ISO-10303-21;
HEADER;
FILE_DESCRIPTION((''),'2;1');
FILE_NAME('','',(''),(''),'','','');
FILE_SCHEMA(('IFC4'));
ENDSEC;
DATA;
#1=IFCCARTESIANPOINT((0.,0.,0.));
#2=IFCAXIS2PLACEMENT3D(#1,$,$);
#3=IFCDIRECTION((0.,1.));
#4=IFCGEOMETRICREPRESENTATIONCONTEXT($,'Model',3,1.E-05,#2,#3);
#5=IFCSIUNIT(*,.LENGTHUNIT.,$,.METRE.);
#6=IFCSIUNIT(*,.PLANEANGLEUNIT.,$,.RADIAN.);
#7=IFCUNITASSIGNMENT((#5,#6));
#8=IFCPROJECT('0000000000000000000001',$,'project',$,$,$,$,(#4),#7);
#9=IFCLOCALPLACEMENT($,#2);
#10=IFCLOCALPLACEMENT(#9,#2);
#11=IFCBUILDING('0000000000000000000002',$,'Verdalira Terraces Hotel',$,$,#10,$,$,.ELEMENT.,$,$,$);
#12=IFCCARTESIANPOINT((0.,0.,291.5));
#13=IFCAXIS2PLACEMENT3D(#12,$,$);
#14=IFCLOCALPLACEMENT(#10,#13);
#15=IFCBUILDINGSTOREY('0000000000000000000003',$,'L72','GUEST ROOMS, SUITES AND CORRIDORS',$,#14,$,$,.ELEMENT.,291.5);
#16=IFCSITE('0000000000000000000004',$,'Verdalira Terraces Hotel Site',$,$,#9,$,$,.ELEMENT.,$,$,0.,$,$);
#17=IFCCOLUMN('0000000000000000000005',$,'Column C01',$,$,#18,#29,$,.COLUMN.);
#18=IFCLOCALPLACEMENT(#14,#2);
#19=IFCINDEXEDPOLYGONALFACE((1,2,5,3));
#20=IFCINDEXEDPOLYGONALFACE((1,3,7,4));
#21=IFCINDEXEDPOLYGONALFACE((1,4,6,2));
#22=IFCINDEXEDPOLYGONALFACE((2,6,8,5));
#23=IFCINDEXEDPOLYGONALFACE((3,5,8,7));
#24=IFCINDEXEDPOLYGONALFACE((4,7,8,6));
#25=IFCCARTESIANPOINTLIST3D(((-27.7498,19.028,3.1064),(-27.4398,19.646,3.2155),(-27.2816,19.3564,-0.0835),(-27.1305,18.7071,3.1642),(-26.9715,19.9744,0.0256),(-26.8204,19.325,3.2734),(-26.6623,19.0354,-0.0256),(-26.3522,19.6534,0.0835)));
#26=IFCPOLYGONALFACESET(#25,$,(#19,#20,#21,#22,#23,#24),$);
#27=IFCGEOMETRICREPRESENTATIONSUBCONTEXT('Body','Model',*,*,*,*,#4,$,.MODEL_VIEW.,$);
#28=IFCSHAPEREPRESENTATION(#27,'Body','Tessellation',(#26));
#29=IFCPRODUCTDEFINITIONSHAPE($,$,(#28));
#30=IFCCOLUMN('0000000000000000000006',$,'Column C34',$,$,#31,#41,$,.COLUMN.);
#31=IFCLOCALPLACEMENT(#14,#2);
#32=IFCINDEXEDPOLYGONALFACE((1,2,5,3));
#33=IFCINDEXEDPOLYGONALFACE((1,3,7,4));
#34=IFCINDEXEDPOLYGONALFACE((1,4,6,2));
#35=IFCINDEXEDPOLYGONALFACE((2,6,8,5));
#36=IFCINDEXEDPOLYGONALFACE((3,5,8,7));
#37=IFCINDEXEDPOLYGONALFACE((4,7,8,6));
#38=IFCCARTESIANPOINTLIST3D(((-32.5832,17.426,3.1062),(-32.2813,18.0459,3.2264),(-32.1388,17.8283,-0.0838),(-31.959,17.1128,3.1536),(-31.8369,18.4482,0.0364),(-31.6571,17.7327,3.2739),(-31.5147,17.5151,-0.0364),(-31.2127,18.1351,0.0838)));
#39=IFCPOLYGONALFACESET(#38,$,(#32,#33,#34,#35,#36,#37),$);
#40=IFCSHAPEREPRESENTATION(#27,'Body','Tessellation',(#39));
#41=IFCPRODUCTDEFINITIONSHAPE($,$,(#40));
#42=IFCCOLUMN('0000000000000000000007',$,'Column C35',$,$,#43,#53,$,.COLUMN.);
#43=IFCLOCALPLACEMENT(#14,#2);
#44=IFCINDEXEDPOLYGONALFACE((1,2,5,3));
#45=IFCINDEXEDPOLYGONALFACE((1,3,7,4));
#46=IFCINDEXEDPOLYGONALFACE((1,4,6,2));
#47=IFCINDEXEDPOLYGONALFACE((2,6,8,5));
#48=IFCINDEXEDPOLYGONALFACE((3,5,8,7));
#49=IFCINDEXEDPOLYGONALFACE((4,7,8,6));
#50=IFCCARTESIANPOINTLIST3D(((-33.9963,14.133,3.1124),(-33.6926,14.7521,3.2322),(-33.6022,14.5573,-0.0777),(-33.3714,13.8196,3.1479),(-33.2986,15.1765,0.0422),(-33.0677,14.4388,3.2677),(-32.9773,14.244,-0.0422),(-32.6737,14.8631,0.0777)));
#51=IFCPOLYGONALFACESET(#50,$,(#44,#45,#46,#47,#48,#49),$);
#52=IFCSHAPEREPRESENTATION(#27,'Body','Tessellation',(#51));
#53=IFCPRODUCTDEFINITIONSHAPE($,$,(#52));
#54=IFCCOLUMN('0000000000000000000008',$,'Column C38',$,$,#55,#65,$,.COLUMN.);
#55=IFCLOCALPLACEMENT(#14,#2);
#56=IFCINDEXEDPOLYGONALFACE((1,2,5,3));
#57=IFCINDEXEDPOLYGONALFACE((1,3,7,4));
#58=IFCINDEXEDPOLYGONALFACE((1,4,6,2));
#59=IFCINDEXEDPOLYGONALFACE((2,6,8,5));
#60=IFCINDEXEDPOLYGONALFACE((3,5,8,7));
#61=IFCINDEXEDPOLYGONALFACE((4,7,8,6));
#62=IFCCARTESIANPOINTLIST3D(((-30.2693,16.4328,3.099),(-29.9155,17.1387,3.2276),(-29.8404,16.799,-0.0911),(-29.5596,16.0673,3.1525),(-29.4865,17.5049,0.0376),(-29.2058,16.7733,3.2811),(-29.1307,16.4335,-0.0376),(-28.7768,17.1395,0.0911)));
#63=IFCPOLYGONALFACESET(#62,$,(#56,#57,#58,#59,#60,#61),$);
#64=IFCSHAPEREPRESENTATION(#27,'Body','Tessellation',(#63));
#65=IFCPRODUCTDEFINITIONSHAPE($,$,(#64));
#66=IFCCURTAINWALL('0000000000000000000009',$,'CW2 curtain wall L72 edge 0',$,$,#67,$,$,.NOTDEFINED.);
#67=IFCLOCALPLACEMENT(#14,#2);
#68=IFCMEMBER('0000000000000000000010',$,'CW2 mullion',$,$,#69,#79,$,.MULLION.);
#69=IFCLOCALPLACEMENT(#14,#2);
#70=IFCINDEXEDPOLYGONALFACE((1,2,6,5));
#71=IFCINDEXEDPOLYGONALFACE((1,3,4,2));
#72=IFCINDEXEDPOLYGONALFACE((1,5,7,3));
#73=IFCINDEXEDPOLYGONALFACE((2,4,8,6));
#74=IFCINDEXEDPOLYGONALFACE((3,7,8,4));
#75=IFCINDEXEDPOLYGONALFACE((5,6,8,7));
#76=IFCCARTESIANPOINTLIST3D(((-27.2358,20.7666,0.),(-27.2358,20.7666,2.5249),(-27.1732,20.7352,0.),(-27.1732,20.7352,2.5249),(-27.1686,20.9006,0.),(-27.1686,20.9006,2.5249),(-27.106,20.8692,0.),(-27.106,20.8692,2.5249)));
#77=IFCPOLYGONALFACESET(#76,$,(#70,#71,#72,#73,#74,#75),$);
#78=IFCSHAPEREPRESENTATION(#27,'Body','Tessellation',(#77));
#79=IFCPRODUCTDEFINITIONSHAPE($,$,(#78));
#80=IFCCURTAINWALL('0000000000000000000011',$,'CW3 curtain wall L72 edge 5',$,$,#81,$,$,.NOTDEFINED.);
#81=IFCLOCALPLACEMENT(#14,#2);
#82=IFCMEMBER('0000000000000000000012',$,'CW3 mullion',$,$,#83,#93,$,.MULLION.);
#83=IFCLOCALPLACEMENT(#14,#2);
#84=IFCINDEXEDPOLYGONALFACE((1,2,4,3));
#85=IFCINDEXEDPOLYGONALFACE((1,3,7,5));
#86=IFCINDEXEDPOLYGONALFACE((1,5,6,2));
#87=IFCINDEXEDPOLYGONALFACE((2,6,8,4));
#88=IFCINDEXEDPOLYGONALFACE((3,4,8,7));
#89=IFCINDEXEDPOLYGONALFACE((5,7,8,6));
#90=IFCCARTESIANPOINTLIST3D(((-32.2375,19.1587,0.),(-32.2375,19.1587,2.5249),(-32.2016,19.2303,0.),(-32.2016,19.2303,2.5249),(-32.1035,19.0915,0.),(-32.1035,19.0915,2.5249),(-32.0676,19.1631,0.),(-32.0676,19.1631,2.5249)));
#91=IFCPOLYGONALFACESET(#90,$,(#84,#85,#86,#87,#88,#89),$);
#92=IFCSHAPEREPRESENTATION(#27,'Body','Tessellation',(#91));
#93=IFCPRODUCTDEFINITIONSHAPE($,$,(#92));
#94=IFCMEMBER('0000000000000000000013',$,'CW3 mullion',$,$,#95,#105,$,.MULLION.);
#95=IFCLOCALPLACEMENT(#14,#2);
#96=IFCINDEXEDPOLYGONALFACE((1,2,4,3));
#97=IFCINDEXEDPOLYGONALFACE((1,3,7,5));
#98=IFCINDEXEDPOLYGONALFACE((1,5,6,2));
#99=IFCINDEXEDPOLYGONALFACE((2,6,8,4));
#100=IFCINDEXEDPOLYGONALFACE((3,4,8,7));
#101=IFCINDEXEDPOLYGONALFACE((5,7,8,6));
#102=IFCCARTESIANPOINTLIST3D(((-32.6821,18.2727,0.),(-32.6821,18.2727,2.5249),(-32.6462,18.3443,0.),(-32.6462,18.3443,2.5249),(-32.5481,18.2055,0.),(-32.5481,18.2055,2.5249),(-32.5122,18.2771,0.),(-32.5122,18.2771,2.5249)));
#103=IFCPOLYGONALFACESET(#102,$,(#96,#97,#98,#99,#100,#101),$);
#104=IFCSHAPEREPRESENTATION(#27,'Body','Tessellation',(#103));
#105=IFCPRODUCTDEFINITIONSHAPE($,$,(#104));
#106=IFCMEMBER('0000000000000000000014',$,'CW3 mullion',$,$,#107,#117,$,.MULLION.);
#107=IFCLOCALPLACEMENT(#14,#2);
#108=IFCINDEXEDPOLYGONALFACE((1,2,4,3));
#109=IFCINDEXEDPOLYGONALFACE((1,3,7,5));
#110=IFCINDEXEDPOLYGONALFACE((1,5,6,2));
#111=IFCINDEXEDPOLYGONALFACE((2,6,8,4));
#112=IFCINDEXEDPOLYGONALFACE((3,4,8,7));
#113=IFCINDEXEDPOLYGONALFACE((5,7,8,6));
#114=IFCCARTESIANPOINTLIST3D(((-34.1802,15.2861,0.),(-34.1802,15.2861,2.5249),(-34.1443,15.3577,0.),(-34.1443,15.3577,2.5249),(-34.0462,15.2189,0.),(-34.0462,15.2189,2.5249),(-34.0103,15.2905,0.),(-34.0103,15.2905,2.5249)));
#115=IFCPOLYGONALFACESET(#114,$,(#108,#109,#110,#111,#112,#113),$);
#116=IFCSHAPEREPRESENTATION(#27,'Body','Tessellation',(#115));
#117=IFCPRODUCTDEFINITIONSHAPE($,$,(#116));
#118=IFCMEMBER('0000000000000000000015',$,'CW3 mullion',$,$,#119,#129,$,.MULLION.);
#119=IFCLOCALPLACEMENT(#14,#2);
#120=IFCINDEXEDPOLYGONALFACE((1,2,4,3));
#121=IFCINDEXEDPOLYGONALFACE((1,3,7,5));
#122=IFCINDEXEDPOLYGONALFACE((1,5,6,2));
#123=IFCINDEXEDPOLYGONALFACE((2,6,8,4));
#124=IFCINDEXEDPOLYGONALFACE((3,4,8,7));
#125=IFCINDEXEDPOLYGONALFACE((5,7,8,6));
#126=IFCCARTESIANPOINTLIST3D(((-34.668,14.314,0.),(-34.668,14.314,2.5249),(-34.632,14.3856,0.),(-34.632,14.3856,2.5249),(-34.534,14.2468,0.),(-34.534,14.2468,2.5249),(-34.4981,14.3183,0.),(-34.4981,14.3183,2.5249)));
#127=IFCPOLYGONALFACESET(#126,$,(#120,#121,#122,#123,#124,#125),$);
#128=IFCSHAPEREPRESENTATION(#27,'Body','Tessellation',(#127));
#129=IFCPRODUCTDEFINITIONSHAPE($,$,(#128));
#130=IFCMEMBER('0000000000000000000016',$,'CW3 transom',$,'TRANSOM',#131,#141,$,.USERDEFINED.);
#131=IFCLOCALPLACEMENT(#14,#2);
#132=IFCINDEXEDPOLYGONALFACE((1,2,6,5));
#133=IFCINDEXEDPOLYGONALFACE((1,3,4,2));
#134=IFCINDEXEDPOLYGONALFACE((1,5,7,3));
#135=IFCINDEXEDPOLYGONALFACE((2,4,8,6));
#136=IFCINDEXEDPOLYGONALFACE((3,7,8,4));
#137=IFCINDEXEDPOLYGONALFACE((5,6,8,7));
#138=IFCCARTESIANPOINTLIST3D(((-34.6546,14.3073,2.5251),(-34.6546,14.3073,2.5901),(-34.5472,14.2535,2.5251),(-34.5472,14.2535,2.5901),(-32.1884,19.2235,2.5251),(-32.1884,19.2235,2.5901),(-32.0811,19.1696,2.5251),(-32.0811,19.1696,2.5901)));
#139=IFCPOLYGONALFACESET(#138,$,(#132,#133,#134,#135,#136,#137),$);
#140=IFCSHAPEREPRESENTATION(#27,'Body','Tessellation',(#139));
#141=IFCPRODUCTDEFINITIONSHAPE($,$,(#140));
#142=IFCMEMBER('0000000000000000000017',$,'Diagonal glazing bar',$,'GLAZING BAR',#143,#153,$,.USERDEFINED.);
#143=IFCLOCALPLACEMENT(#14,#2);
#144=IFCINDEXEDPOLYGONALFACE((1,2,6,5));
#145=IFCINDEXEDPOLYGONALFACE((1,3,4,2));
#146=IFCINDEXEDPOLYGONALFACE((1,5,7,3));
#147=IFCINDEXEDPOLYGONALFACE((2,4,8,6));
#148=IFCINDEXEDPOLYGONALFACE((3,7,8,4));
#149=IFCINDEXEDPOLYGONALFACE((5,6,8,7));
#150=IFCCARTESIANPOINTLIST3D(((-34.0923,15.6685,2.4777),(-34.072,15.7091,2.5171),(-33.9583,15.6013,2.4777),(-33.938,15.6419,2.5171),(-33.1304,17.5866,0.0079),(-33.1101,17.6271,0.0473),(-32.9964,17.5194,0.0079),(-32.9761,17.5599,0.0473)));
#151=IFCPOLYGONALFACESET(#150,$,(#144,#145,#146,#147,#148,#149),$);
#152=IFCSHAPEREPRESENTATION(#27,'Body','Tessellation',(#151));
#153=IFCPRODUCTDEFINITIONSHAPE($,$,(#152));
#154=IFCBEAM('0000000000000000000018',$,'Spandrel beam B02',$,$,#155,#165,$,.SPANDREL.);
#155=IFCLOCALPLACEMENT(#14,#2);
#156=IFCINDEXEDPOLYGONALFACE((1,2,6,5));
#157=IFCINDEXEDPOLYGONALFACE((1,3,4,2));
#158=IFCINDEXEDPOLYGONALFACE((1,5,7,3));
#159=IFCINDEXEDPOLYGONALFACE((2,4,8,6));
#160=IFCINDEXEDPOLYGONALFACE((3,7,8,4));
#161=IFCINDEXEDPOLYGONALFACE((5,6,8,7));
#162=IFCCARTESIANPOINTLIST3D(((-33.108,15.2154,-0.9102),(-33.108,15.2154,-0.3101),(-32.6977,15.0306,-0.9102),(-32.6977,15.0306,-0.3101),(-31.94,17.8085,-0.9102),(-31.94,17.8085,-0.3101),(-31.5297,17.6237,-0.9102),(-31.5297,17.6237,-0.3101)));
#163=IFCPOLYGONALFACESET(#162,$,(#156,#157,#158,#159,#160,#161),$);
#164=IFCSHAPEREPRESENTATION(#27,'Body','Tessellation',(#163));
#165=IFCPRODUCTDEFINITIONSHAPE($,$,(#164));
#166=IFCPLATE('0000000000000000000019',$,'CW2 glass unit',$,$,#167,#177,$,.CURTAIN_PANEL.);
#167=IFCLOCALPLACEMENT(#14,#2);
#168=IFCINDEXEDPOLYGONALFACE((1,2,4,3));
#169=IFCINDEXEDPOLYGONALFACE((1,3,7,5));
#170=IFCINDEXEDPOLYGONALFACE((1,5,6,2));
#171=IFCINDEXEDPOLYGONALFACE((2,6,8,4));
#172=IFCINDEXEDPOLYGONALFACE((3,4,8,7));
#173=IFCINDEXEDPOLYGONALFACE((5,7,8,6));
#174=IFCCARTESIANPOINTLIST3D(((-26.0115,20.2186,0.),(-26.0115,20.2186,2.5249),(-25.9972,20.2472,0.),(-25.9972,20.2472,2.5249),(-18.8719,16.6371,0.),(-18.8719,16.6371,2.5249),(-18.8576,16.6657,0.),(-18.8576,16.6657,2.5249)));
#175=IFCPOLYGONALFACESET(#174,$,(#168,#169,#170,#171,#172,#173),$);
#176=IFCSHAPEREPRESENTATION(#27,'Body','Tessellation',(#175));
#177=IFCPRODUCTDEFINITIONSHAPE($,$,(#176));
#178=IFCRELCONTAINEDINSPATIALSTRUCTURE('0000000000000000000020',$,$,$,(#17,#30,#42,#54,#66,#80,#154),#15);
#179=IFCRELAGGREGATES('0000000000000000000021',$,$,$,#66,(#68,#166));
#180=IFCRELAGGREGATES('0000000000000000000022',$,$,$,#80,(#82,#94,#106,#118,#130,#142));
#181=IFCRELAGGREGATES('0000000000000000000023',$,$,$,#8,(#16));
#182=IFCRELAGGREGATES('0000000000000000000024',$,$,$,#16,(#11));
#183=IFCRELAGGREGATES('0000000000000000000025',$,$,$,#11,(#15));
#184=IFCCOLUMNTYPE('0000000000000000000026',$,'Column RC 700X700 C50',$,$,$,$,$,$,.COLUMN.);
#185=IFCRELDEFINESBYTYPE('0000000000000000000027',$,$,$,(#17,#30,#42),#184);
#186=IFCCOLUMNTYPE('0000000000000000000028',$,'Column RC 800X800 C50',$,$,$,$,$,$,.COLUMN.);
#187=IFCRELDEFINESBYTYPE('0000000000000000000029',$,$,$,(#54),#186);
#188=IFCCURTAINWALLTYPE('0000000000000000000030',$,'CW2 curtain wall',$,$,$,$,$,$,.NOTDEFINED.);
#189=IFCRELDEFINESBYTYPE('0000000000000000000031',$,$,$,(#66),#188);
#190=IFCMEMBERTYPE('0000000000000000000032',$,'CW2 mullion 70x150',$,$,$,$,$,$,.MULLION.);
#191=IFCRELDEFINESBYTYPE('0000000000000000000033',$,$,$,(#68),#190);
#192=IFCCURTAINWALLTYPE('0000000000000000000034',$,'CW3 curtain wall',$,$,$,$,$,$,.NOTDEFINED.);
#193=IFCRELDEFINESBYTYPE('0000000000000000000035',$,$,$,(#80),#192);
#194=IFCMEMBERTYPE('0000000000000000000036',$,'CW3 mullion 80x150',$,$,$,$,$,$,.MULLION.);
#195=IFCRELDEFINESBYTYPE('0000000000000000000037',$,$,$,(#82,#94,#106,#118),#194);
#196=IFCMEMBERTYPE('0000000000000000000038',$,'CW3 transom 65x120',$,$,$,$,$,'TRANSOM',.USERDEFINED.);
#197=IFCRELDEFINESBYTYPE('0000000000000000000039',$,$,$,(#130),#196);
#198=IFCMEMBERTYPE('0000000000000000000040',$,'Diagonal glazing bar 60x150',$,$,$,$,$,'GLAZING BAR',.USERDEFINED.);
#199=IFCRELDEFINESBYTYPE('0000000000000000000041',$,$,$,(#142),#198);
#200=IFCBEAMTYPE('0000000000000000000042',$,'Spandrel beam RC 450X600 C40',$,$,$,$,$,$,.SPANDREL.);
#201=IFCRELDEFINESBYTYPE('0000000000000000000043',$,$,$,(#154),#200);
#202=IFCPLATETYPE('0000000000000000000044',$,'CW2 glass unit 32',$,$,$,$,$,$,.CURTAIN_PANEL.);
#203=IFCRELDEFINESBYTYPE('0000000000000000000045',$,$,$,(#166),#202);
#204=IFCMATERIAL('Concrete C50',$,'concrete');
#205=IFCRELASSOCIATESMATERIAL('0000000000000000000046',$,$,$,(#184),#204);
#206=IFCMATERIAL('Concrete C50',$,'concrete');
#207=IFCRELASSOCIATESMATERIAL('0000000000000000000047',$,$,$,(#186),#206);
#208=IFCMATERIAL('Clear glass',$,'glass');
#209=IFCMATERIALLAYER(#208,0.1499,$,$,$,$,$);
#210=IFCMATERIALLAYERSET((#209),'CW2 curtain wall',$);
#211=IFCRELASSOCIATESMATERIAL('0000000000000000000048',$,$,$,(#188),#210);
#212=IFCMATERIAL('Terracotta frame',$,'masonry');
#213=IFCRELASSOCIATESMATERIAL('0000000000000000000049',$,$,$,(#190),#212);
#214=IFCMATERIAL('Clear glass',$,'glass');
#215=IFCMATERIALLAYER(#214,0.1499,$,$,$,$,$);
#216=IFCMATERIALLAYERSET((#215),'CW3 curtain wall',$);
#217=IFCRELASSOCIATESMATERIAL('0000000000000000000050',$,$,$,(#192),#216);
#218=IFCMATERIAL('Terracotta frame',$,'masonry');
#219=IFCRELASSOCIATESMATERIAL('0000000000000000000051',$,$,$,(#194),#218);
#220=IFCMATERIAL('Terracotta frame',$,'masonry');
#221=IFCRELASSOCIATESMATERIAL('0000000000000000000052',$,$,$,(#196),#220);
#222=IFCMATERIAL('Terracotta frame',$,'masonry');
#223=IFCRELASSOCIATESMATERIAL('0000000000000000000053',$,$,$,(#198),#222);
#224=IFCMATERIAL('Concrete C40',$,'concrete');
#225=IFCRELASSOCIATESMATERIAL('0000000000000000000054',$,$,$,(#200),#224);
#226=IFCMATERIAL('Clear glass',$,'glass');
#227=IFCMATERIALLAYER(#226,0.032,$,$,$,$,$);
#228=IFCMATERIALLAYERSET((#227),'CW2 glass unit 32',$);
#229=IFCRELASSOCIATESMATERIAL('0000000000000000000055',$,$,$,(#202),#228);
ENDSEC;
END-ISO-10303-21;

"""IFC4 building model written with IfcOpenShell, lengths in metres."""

from ifc_helpers import new_model, si_unit, direction, frame, origin, origin_2d, place, context, subcontext, project, spatial, rectangle, extrude, material, layer, layer_set, material_profile, profile_set, type_object, element, aggregate, save


model = new_model("IFC4")

# Units and contexts
model_context = context("Model", 3, precision=1e-05, world=origin(), true_north=direction((0.0, 1.0)))
body_context = subcontext(model_context, "Body", "Model", "MODEL_VIEW")
ifc_project = project(units=[si_unit("LENGTHUNIT", "METRE"), si_unit("PLANEANGLEUNIT", "RADIAN")], contexts=[model_context])

# Site, building, storey
site_placement = place(None, origin())
site = spatial("IfcSite", under=ifc_project, at=site_placement, Name="Verdalira Terraces Hotel Site", CompositionType="ELEMENT", RefElevation=0.0)
building_placement = place(site_placement, origin())
building = spatial("IfcBuilding", under=site, at=building_placement, Name="Verdalira Terraces Hotel", CompositionType="ELEMENT")
storey_placement = place(building_placement, frame((0.0, 0.0, 291.5)))
storey = spatial("IfcBuildingStorey", under=building, at=storey_placement, Name="L72", Description="GUEST ROOMS, SUITES AND CORRIDORS", CompositionType="ELEMENT", Elevation=291.5)

# Columns
ifc_material_1 = material(Name="Concrete C50", Category="concrete")
ifc_material_profile_1 = material_profile(ifc_material_1, rectangle(XDim=0.7, YDim=0.7, at=origin_2d()), Name="RC 700X700")
ifc_profile_set_1 = profile_set([ifc_material_profile_1], Name="Concrete C50")
column_type_1 = type_object("IfcColumnType", Name="Column RC 700X700 C50", PredefinedType="COLUMN", material=ifc_profile_set_1)
column_1_placement = place(storey_placement, frame((-26.8169, 19.5049, 0.0), z_axis=(-0.144489, -0.101323, 0.984305), x_axis=(-0.884796, 0.458585, -0.082676)))
element("IfcColumn", 1, at=column_1_placement, inside=storey, type_object=column_type_1, Name="Column C01", PredefinedType="COLUMN", context=body_context, shape_type="SweptSolid", body=[
    extrude(rectangle(XDim=0.7, YDim=0.7, at=origin_2d()), origin(), (0.0, 0.0, 1.0), 3.2407),
])
column_2_placement = place(storey_placement, frame((-31.6758, 17.9817, 0.0), z_axis=(-0.136897, -0.123959, 0.982799), x_axis=(-0.431341, -0.885682, -0.171793)))
element("IfcColumn", 2, at=column_2_placement, inside=storey, type_object=column_type_1, Name="Column C34", PredefinedType="COLUMN", context=body_context, shape_type="SweptSolid", body=[
    extrude(rectangle(XDim=0.7, YDim=0.7, at=origin_2d()), origin(), (0.0, 0.0, 1.0), 3.2458),
])
column_3_placement = place(storey_placement, frame((-33.1379, 14.7102, 0.0), z_axis=(-0.12154, -0.130878, 0.98392), x_axis=(-0.433818, -0.884576, -0.171252)))
element("IfcColumn", 3, at=column_3_placement, inside=storey, type_object=column_type_1, Name="Column C35", PredefinedType="COLUMN", context=body_context, shape_type="SweptSolid", body=[
    extrude(rectangle(XDim=0.7, YDim=0.7, at=origin_2d()), origin(), (0.0, 0.0, 1.0), 3.2422),
])
ifc_material_2 = material(Name="Concrete C50", Category="concrete")
ifc_material_profile_2 = material_profile(ifc_material_2, rectangle(XDim=0.8, YDim=0.8, at=origin_2d()), Name="RC 800X800")
ifc_profile_set_2 = profile_set([ifc_material_profile_2], Name="Concrete C50")
column_type_2 = type_object("IfcColumnType", Name="Column RC 800X800 C50", PredefinedType="COLUMN", material=ifc_profile_set_2)
column_4_placement = place(storey_placement, frame((-29.3086, 16.9692, 0.0), z_axis=(-0.132417, -0.113048, 0.984726), x_axis=(-0.887063, 0.456784, -0.066845)))
element("IfcColumn", 4, at=column_4_placement, inside=storey, type_object=column_type_2, Name="Column C38", PredefinedType="COLUMN", context=body_context, shape_type="SweptSolid", body=[
    extrude(rectangle(XDim=0.8, YDim=0.8, at=origin_2d()), origin(), (0.0, 0.0, 1.0), 3.2395),
])

# Curtain wall, member
ifc_material_3 = material(Name="Clear glass", Category="glass")
ifc_layer_1 = layer(ifc_material_3, 0.1499)
ifc_layer_set_1 = layer_set([ifc_layer_1], Name="CW2 curtain wall")
curtain_wall_type_1 = type_object("IfcCurtainWallType", Name="CW2 curtain wall", PredefinedType="NOTDEFINED", material=ifc_layer_set_1)
curtain_wall_1_placement = place(storey_placement, origin())
curtain_wall_1 = element("IfcCurtainWall", 5, at=curtain_wall_1_placement, inside=storey, type_object=curtain_wall_type_1, Name="CW2 curtain wall L72 edge 0", PredefinedType="NOTDEFINED")
ifc_material_4 = material(Name="Terracotta frame", Category="masonry")
ifc_material_profile_3 = material_profile(ifc_material_4, rectangle(XDim=0.0701, YDim=0.1499, at=origin_2d()), Name="MU 70x150")
ifc_profile_set_3 = profile_set([ifc_material_profile_3], Name="Terracotta frame")
member_type_1 = type_object("IfcMemberType", Name="CW2 mullion 70x150", PredefinedType="MULLION", material=ifc_profile_set_3)
member_1_placement = place(storey_placement, frame((-27.1709, 20.8179, 0.0), z_axis=(0.0, 0.0, 1.0), x_axis=(-0.893841, 0.448383, 0.0)))
member_1 = element("IfcMember", 6, at=member_1_placement, type_object=member_type_1, Name="CW2 mullion", PredefinedType="MULLION", context=body_context, shape_type="SweptSolid", body=[
    extrude(rectangle(XDim=0.0701, YDim=0.1499, at=origin_2d()), origin(), (0.0, 0.0, 1.0), 2.5249),
])

# Curtain wall, members
ifc_material_5 = material(Name="Clear glass", Category="glass")
ifc_layer_2 = layer(ifc_material_5, 0.1499)
ifc_layer_set_2 = layer_set([ifc_layer_2], Name="CW3 curtain wall")
curtain_wall_type_2 = type_object("IfcCurtainWallType", Name="CW3 curtain wall", PredefinedType="NOTDEFINED", material=ifc_layer_set_2)
curtain_wall_2_placement = place(storey_placement, origin())
curtain_wall_2 = element("IfcCurtainWall", 7, at=curtain_wall_2_placement, inside=storey, type_object=curtain_wall_type_2, Name="CW3 curtain wall L72 edge 5", PredefinedType="NOTDEFINED")
ifc_material_6 = material(Name="Terracotta frame", Category="masonry")
ifc_material_profile_4 = material_profile(ifc_material_6, rectangle(XDim=0.0801, YDim=0.1499, at=origin_2d()), Name="MU 80x150")
ifc_profile_set_4 = profile_set([ifc_material_profile_4], Name="Terracotta frame")
member_type_2 = type_object("IfcMemberType", Name="CW3 mullion 80x150", PredefinedType="MULLION", material=ifc_profile_set_4)
member_2_placement = place(storey_placement, frame((-32.1526, 19.1609, 0.0), z_axis=(0.0, 0.0, 1.0), x_axis=(-0.448383, -0.893841, 0.0)))
member_2 = element("IfcMember", 8, at=member_2_placement, type_object=member_type_2, Name="CW3 mullion", PredefinedType="MULLION", context=body_context, shape_type="SweptSolid", body=[
    extrude(rectangle(XDim=0.0801, YDim=0.1499, at=origin_2d()), origin(), (0.0, 0.0, 1.0), 2.5249),
])
member_3_placement = place(storey_placement, frame((-32.5972, 18.2749, 0.0), z_axis=(0.0, 0.0, 1.0), x_axis=(-0.448383, -0.893841, 0.0)))
member_3 = element("IfcMember", 9, at=member_3_placement, type_object=member_type_2, Name="CW3 mullion", PredefinedType="MULLION", context=body_context, shape_type="SweptSolid", body=[
    extrude(rectangle(XDim=0.0801, YDim=0.1499, at=origin_2d()), origin(), (0.0, 0.0, 1.0), 2.5249),
])
member_4_placement = place(storey_placement, frame((-34.0952, 15.2883, 0.0), z_axis=(0.0, 0.0, 1.0), x_axis=(-0.448383, -0.893841, 0.0)))
member_4 = element("IfcMember", 10, at=member_4_placement, type_object=member_type_2, Name="CW3 mullion", PredefinedType="MULLION", context=body_context, shape_type="SweptSolid", body=[
    extrude(rectangle(XDim=0.0801, YDim=0.1499, at=origin_2d()), origin(), (0.0, 0.0, 1.0), 2.5249),
])
member_5_placement = place(storey_placement, frame((-34.583, 14.3162, 0.0), z_axis=(0.0, 0.0, 1.0), x_axis=(-0.448383, -0.893841, 0.0)))
member_5 = element("IfcMember", 11, at=member_5_placement, type_object=member_type_2, Name="CW3 mullion", PredefinedType="MULLION", context=body_context, shape_type="SweptSolid", body=[
    extrude(rectangle(XDim=0.0801, YDim=0.1499, at=origin_2d()), origin(), (0.0, 0.0, 1.0), 2.5249),
])
ifc_material_7 = material(Name="Terracotta frame", Category="masonry")
ifc_material_profile_5 = material_profile(ifc_material_7, rectangle(XDim=0.1201, YDim=0.0649, at=origin_2d()), Name="TR 65x120")
ifc_profile_set_5 = profile_set([ifc_material_profile_5], Name="Terracotta frame")
member_type_3 = type_object("IfcMemberType", Name="CW3 transom 65x120", ElementType="TRANSOM", PredefinedType="USERDEFINED", material=ifc_profile_set_5)
member_6_placement = place(storey_placement, frame((-32.1348, 19.1965, 2.5576), z_axis=(-0.448385, -0.89384, 0.0), x_axis=(0.89384, -0.448385, 0.0)))
member_6 = element("IfcMember", 12, at=member_6_placement, type_object=member_type_3, Name="CW3 transom", ObjectType="TRANSOM", PredefinedType="USERDEFINED", context=body_context, shape_type="SweptSolid", body=[
    extrude(rectangle(XDim=0.1201, YDim=0.0649, at=origin_2d()), origin(), (0.0, 0.0, 1.0), 5.5),
])
ifc_material_8 = material(Name="Terracotta frame", Category="masonry")
ifc_material_profile_6 = material_profile(ifc_material_8, rectangle(XDim=0.1499, YDim=0.0601, at=origin_2d()), Name="GB 60x150")
ifc_profile_set_6 = profile_set([ifc_material_profile_6], Name="Terracotta frame")
member_type_4 = type_object("IfcMemberType", Name="Diagonal glazing bar 60x150", ElementType="GLAZING BAR", PredefinedType="USERDEFINED", material=ifc_profile_set_6)
member_7_placement = place(storey_placement, frame((-33.0532, 17.5732, 0.0276), z_axis=(-0.294019, -0.586246, 0.754896), x_axis=(0.89388, -0.448306, 0.0)))
member_7 = element("IfcMember", 13, at=member_7_placement, type_object=member_type_4, Name="Diagonal glazing bar", ObjectType="GLAZING BAR", PredefinedType="USERDEFINED", context=body_context, shape_type="SweptSolid", body=[
    extrude(rectangle(XDim=0.1499, YDim=0.0601, at=origin_2d()), origin(), (0.0, 0.0, 1.0), 3.2717),
])

# Beam
ifc_material_9 = material(Name="Concrete C40", Category="concrete")
ifc_material_profile_7 = material_profile(ifc_material_9, rectangle(XDim=0.45, YDim=0.6001, at=origin_2d()), Name="RC 450X600")
ifc_profile_set_7 = profile_set([ifc_material_profile_7], Name="Concrete C40")
beam_type = type_object("IfcBeamType", Name="Spandrel beam RC 450X600 C40", PredefinedType="SPANDREL", material=ifc_profile_set_7)
beam_placement = place(storey_placement, frame((-31.7349, 17.7161, -0.6101), z_axis=(-0.410689, -0.911775, 0.0), x_axis=(0.911775, -0.410689, 0.0)))
element("IfcBeam", 14, at=beam_placement, inside=storey, type_object=beam_type, Name="Spandrel beam B02", PredefinedType="SPANDREL", context=body_context, shape_type="SweptSolid", body=[
    extrude(rectangle(XDim=0.45, YDim=0.6001, at=origin_2d()), origin(), (0.0, 0.0, 1.0), 2.844),
])

# Plate
ifc_material_10 = material(Name="Clear glass", Category="glass")
ifc_layer_3 = layer(ifc_material_10, 0.032)
ifc_layer_set_3 = layer_set([ifc_layer_3], Name="CW2 glass unit 32")
plate_type_1 = type_object("IfcPlateType", Name="CW2 glass unit 32", PredefinedType="CURTAIN_PANEL", material=ifc_layer_set_3)
plate_1_placement = place(storey_placement, frame((-22.4346, 18.4421, 0.0), z_axis=(0.0, 0.0, 1.0), x_axis=(-0.893841, 0.448383, 0.0)))
plate_1 = element("IfcPlate", 15, at=plate_1_placement, type_object=plate_type_1, Name="CW2 glass unit", PredefinedType="CURTAIN_PANEL", context=body_context, shape_type="SweptSolid", body=[
    extrude(rectangle(XDim=7.9875, YDim=0.032, at=origin_2d()), origin(), (0.0, 0.0, 1.0), 2.5249),
])
aggregate(curtain_wall_1, [member_1, plate_1])
aggregate(curtain_wall_2, [member_2, member_3, member_4, member_5, member_6, member_7])

save(model, "model.ifc")
